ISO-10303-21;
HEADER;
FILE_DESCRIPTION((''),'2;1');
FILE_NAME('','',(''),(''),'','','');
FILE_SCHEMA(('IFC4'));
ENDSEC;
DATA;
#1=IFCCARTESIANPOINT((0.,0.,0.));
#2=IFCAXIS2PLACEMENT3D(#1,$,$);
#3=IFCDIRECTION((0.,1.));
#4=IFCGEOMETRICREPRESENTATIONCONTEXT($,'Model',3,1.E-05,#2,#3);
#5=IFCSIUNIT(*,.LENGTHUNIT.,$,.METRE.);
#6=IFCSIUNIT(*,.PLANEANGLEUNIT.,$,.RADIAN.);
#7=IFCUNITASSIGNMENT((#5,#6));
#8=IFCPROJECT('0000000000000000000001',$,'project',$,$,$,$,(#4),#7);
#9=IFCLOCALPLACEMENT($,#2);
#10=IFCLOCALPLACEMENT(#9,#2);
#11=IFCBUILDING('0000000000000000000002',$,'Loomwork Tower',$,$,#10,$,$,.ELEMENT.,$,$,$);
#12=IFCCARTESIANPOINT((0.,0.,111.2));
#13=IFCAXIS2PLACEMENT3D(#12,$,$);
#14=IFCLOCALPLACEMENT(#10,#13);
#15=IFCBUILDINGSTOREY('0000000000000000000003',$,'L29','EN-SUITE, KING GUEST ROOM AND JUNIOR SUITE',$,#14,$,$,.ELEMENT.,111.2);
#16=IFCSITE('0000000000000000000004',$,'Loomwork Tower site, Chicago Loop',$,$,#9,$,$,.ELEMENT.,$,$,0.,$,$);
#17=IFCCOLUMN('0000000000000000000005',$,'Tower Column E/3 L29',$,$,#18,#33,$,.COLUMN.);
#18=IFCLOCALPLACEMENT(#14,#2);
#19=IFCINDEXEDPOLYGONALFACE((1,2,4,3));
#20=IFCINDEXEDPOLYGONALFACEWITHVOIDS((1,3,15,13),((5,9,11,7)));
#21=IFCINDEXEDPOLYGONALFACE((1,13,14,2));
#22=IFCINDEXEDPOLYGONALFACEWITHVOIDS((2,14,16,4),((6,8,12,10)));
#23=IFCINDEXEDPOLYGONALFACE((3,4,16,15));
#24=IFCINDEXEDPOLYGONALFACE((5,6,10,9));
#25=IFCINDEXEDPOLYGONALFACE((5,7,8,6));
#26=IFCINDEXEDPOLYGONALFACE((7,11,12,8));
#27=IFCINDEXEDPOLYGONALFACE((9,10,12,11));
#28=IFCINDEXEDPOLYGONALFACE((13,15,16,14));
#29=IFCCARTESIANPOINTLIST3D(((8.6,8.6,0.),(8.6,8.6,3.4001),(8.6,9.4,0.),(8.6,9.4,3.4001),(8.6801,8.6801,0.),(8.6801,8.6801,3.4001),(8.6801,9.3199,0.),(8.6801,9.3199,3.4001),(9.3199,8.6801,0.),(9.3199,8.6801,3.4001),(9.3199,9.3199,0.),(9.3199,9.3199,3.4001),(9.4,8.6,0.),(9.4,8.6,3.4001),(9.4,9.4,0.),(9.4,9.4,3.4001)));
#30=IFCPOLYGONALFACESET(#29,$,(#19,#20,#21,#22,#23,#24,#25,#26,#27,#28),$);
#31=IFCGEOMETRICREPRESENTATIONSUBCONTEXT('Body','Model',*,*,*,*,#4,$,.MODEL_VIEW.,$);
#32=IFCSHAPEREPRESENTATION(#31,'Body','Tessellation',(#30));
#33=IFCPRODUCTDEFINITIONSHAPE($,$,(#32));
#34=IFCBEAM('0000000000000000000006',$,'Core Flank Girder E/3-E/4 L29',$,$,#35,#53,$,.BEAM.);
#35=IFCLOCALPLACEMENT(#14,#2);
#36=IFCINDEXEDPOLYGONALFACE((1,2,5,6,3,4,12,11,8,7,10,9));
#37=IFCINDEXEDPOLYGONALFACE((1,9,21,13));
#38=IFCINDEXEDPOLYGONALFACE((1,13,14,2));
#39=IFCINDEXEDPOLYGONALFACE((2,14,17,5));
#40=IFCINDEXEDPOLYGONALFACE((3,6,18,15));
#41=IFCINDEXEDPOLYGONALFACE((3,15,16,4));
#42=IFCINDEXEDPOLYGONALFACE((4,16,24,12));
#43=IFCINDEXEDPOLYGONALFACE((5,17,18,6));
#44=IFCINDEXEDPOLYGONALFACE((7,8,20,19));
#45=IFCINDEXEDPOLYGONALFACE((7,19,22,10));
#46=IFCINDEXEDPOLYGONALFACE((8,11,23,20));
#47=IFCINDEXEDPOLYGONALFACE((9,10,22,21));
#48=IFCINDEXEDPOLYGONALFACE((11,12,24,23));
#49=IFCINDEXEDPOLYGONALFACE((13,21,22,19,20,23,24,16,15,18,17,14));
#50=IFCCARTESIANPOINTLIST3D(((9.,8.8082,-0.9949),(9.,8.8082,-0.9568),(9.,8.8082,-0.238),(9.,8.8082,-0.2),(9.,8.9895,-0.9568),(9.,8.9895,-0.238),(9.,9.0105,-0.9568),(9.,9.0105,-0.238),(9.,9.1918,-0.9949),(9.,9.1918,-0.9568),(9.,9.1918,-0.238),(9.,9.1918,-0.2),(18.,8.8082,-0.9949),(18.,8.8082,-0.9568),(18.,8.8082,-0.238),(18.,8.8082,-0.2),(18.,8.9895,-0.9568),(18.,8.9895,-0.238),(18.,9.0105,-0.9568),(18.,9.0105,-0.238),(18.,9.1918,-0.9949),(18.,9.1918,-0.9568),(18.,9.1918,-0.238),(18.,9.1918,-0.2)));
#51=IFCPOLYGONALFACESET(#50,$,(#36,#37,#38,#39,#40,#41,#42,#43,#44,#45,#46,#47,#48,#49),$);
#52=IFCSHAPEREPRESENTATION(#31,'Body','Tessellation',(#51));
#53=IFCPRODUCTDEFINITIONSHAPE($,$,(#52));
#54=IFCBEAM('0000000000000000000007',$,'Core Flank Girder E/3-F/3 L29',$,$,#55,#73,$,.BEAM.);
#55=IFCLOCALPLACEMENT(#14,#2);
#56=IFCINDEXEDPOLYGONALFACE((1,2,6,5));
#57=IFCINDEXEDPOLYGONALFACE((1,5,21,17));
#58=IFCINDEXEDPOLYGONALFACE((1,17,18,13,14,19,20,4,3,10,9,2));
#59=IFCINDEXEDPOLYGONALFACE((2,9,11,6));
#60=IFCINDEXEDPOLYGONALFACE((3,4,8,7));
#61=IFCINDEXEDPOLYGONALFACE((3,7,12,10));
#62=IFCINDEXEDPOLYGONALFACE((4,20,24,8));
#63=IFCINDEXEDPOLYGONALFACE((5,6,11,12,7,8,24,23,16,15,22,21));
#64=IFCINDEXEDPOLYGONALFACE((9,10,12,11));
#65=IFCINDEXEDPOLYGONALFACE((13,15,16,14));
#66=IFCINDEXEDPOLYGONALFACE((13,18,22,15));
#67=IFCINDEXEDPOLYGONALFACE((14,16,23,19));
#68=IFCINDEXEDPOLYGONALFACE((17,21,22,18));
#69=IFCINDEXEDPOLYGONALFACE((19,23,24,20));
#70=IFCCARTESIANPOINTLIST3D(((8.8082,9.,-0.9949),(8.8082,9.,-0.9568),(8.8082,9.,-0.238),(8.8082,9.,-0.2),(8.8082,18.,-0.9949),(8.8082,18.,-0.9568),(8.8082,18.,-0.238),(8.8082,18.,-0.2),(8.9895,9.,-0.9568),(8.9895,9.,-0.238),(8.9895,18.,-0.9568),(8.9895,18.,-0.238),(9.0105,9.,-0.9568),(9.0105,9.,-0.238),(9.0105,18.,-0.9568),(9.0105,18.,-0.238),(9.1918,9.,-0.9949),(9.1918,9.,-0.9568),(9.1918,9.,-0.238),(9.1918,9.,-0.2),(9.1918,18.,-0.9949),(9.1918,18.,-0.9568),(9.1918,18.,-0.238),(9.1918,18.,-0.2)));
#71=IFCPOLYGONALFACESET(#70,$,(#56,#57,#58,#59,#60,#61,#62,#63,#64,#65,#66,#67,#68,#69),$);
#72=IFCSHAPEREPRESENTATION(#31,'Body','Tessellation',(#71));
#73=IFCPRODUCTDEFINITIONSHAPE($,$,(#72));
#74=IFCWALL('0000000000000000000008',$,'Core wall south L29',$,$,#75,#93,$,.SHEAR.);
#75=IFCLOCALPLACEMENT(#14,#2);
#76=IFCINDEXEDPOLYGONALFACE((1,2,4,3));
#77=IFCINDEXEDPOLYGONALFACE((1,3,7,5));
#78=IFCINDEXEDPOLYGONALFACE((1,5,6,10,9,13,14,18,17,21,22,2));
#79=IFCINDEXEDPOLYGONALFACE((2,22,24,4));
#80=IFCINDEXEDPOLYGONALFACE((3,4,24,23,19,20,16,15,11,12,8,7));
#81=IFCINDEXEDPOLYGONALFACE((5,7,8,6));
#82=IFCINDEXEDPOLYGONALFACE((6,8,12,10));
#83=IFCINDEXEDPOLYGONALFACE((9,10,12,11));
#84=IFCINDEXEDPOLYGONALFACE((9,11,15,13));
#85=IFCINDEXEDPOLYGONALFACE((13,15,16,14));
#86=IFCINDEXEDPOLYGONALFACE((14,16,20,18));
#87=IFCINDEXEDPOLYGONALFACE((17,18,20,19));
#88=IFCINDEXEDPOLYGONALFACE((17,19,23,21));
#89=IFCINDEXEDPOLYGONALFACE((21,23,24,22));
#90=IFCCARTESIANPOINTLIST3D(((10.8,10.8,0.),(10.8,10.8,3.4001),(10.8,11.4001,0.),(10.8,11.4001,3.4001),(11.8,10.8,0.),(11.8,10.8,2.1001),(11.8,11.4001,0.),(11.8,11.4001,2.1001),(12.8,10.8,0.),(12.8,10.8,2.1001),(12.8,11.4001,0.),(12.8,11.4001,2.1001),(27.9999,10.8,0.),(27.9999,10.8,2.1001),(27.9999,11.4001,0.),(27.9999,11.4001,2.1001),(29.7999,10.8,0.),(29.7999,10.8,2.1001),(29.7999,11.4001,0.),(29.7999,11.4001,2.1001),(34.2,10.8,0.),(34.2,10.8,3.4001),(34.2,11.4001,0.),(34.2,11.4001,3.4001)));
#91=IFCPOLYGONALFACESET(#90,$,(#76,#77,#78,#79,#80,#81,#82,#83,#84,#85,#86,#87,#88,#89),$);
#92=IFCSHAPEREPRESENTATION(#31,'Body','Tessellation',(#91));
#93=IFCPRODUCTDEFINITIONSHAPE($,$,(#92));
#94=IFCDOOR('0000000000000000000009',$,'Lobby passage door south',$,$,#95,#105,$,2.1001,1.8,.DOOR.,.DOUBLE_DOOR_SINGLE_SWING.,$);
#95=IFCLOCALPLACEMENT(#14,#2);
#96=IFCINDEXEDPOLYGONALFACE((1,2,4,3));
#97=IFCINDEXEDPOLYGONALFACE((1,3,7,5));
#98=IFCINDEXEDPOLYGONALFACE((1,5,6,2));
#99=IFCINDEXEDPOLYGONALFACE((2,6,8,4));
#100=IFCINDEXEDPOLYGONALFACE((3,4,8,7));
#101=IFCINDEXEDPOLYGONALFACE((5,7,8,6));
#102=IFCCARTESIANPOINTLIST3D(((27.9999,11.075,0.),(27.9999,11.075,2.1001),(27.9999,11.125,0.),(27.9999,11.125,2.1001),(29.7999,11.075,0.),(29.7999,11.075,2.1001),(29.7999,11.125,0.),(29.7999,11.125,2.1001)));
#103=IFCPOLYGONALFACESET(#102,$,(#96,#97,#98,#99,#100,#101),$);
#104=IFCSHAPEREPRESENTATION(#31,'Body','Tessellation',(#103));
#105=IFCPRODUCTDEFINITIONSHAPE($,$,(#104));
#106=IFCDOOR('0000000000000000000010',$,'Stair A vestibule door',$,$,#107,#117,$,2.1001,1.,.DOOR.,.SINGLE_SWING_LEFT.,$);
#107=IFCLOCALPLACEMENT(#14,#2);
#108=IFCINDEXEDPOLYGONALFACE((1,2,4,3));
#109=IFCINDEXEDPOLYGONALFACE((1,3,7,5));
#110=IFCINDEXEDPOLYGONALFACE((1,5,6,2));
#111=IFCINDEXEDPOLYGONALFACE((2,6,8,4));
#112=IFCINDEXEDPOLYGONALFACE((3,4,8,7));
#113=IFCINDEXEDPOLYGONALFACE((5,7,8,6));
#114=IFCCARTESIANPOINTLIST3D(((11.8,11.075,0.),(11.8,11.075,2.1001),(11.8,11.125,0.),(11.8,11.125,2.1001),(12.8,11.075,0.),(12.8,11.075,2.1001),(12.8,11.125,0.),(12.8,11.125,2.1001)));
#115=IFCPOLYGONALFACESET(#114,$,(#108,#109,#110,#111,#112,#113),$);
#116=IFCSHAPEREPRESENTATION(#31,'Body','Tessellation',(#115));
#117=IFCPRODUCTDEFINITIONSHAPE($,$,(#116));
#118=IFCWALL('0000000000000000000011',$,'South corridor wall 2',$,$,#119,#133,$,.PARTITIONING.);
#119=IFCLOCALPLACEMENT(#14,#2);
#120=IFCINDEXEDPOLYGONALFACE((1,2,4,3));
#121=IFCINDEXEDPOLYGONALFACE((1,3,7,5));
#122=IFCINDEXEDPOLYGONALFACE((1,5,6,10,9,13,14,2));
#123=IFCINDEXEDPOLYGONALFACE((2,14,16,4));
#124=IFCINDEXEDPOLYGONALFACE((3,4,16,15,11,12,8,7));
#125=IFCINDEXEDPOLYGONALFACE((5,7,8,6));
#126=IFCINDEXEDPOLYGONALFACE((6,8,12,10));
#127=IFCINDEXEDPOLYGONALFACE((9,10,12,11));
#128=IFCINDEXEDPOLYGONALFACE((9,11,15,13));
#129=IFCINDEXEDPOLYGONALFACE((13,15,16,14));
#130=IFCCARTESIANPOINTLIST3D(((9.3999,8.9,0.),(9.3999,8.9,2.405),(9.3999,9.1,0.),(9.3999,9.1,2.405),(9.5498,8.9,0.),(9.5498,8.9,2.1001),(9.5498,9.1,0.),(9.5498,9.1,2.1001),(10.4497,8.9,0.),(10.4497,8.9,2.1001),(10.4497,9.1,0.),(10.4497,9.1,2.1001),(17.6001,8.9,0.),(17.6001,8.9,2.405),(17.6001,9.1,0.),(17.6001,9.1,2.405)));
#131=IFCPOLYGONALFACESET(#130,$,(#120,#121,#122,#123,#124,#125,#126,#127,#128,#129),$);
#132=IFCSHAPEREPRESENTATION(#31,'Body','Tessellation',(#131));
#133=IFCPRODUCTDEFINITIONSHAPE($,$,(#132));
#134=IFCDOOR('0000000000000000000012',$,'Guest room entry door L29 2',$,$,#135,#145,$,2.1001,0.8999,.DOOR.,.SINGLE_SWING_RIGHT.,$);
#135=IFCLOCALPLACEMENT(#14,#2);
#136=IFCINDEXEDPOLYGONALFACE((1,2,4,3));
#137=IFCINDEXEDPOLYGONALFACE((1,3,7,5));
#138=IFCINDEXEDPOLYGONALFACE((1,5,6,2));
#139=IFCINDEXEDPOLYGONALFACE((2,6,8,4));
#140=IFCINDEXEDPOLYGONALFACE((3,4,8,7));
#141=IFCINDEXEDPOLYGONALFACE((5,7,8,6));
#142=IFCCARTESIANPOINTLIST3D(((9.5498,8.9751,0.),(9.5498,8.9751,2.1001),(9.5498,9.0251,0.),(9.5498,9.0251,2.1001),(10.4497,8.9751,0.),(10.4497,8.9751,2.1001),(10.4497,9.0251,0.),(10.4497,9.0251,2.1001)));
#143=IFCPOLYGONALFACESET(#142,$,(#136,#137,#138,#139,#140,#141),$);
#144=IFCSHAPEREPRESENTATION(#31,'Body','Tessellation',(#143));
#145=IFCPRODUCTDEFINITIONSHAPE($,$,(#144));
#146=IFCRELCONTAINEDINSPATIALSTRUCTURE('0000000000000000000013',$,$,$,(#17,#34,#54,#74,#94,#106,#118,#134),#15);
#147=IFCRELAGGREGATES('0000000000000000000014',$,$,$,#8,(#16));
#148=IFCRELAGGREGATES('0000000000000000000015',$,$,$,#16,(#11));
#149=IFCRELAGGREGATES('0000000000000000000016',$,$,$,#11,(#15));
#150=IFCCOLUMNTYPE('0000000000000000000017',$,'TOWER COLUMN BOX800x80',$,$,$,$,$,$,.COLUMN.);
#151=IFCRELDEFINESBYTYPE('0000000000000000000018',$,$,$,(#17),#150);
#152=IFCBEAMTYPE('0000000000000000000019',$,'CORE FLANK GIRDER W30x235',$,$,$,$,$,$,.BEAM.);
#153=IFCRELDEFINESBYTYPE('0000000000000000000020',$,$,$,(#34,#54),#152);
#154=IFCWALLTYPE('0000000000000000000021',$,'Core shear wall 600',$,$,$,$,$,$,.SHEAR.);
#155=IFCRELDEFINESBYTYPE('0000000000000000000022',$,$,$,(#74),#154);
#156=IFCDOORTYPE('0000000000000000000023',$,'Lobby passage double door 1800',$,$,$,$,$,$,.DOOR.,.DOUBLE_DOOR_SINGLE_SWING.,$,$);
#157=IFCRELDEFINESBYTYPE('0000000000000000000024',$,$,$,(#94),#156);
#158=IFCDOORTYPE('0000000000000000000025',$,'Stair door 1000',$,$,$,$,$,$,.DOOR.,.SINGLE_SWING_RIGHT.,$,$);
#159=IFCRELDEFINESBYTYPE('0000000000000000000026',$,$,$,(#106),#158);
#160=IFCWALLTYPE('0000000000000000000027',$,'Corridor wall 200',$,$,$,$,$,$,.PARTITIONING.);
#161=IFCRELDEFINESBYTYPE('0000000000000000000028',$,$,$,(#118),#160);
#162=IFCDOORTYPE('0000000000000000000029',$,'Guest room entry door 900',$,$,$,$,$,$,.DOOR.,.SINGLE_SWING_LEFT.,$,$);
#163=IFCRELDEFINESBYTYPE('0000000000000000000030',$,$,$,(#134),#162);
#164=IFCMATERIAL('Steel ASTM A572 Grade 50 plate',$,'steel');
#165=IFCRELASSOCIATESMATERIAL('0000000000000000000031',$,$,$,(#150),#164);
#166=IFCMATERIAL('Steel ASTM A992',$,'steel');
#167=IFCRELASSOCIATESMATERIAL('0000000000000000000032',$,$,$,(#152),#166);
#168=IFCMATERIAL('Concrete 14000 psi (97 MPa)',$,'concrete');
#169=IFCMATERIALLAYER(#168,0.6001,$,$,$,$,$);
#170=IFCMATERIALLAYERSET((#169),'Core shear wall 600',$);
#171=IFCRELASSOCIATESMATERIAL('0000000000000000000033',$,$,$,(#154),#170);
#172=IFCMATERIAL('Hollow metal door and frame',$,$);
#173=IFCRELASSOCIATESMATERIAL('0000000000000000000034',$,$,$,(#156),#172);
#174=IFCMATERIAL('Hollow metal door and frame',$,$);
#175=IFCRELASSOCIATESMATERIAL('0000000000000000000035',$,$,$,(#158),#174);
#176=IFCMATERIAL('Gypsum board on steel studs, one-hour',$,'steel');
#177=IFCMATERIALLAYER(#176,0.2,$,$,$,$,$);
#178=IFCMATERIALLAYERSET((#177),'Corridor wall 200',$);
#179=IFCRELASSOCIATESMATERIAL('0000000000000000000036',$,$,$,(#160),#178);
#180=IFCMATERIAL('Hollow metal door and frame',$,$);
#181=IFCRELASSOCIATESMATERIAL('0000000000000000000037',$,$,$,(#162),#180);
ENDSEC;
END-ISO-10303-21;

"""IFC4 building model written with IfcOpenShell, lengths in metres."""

from ifc_helpers import new_model, si_unit, direction, frame, frame_2d, origin, origin_2d, place, context, subcontext, project, spatial, rectangle, hollow_rectangle, i_section, extrude, material, layer, layer_set, material_profile, profile_set, type_object, element, fill, save


model = new_model("IFC4")

# Units and contexts
model_context = context("Model", 3, precision=1e-05, world=origin(), true_north=direction((0.0, 1.0)))
body_context = subcontext(model_context, "Body", "Model", "MODEL_VIEW")
ifc_project = project(units=[si_unit("LENGTHUNIT", "METRE"), si_unit("PLANEANGLEUNIT", "RADIAN")], contexts=[model_context])

# Site, building, storey
site_placement = place(None, origin())
site = spatial("IfcSite", under=ifc_project, at=site_placement, Name="Loomwork Tower site, Chicago Loop", CompositionType="ELEMENT", RefElevation=0.0)
building_placement = place(site_placement, origin())
building = spatial("IfcBuilding", under=site, at=building_placement, Name="Loomwork Tower", CompositionType="ELEMENT")
storey_placement = place(building_placement, frame((0.0, 0.0, 111.2)))
storey = spatial("IfcBuildingStorey", under=building, at=storey_placement, Name="L29", Description="EN-SUITE, KING GUEST ROOM AND JUNIOR SUITE", CompositionType="ELEMENT", Elevation=111.2)

# Column
ifc_material_1 = material(Name="Steel ASTM A572 Grade 50 plate", Category="steel")
ifc_material_profile_1 = material_profile(ifc_material_1, hollow_rectangle(XDim=0.8, YDim=0.8, WallThickness=0.0801, at=origin_2d()), Name="BOX800x80")
ifc_profile_set_1 = profile_set([ifc_material_profile_1], Name="Steel ASTM A572 Grade 50 plate")
column_type = type_object("IfcColumnType", Name="TOWER COLUMN BOX800x80", PredefinedType="COLUMN", material=ifc_profile_set_1)
column_placement = place(storey_placement, frame((9.0, 9.0, 0.0), z_axis=(0.0, 0.0, 1.0), x_axis=(1.0, 0.0, 0.0)))
element("IfcColumn", 1, at=column_placement, inside=storey, type_object=column_type, Name="Tower Column E/3 L29", PredefinedType="COLUMN", context=body_context, shape_type="SweptSolid", body=[
    extrude(hollow_rectangle(XDim=0.8, YDim=0.8, WallThickness=0.0801, at=origin_2d()), origin(), (0.0, 0.0, 1.0), 3.4001),
])

# Beams
ifc_material_2 = material(Name="Steel ASTM A992", Category="steel")
ifc_material_profile_2 = material_profile(ifc_material_2, i_section(OverallWidth=0.3835, OverallDepth=0.7949, WebThickness=0.021, FlangeThickness=0.0381, at=origin_2d()), Name="W30x235")
ifc_profile_set_2 = profile_set([ifc_material_profile_2], Name="Steel ASTM A992")
beam_type = type_object("IfcBeamType", Name="CORE FLANK GIRDER W30x235", PredefinedType="BEAM", material=ifc_profile_set_2)
for number, where, z_axis, x_axis, name in (
    (2, (9.0, 9.0, -0.5974), (1.0, 0.0, 0.0), (0.0, 1.0, 0.0), "Core Flank Girder E/3-E/4 L29"),
    (3, (9.0, 9.0, -0.5974), (0.0, 1.0, 0.0), (-1.0, 0.0, 0.0), "Core Flank Girder E/3-F/3 L29"),
):
    element("IfcBeam", number, at=place(storey_placement, frame(where, z_axis=z_axis, x_axis=x_axis)), inside=storey, type_object=beam_type, Name=name, PredefinedType="BEAM", context=body_context, shape_type="SweptSolid", body=[
        extrude(i_section(OverallWidth=0.3835, OverallDepth=0.7949, WebThickness=0.021, FlangeThickness=0.0381, at=origin_2d()), origin(), (0.0, 0.0, 1.0), 9.0),
    ])

# Wall, openings, doors
ifc_material_3 = material(Name="Concrete 14000 psi (97 MPa)", Category="concrete")
ifc_layer_1 = layer(ifc_material_3, 0.6001)
ifc_layer_set_1 = layer_set([ifc_layer_1], Name="Core shear wall 600")
wall_type_1 = type_object("IfcWallType", Name="Core shear wall 600", PredefinedType="SHEAR", material=ifc_layer_set_1)
wall_1_placement = place(storey_placement, frame((10.8, 11.1001, 0.0), z_axis=(0.0, 0.0, 1.0), x_axis=(1.0, 0.0, 0.0)))
wall_1 = element("IfcWall", 4, at=wall_1_placement, inside=storey, type_object=wall_type_1, Name="Core wall south L29", PredefinedType="SHEAR", context=body_context, shape_type="SweptSolid", body=[
    extrude(rectangle(XDim=23.3999, YDim=0.6001, at=frame_2d((11.7, 0.0))), origin(), (0.0, 0.0, 1.0), 3.4001),
])
opening_1_placement = place(wall_1_placement, frame((1.0, 0.0, 0.0)))
opening_1 = element("IfcOpeningElement", 5, at=opening_1_placement, cuts=wall_1, PredefinedType="OPENING", context=body_context, shape_type="SweptSolid", body=[
    extrude(rectangle(XDim=1.0, YDim=2.1001, at=frame_2d((0.5, 1.05))), frame((0.0, 0.3101, 0.0), z_axis=(0.0, -1.0, 0.0), x_axis=(1.0, 0.0, 0.0)), (0.0, 0.0, 1.0), 0.6201),
])
opening_2_placement = place(wall_1_placement, frame((17.2, 0.0, 0.0)))
opening_2 = element("IfcOpeningElement", 6, at=opening_2_placement, cuts=wall_1, PredefinedType="OPENING", context=body_context, shape_type="SweptSolid", body=[
    extrude(rectangle(XDim=1.8, YDim=2.1001, at=frame_2d((0.8999, 1.05))), frame((0.0, 0.3101, 0.0), z_axis=(0.0, -1.0, 0.0), x_axis=(1.0, 0.0, 0.0)), (0.0, 0.0, 1.0), 0.6201),
])
ifc_material_4 = material(Name="Hollow metal door and frame")
door_type_1 = type_object("IfcDoorType", Name="Lobby passage double door 1800", OperationType="DOUBLE_DOOR_SINGLE_SWING", PredefinedType="DOOR", material=ifc_material_4)
door_1_placement = place(opening_2_placement, origin())
door_1 = element("IfcDoor", 7, at=door_1_placement, inside=storey, type_object=door_type_1, Name="Lobby passage door south", OperationType="DOUBLE_DOOR_SINGLE_SWING", OverallHeight=2.1001, OverallWidth=1.8, PredefinedType="DOOR", context=body_context, shape_type="SweptSolid", body=[
    extrude(rectangle(XDim=1.8, YDim=2.1001, at=frame_2d((0.8999, 1.05))), frame((0.0, 0.0249, 0.0), z_axis=(0.0, -1.0, 0.0), x_axis=(1.0, 0.0, 0.0)), (0.0, 0.0, 1.0), 0.05),
])
fill(opening_2, door_1)
ifc_material_5 = material(Name="Hollow metal door and frame")
door_type_2 = type_object("IfcDoorType", Name="Stair door 1000", OperationType="SINGLE_SWING_RIGHT", PredefinedType="DOOR", material=ifc_material_5)
door_2_placement = place(opening_1_placement, origin())
door_2 = element("IfcDoor", 8, at=door_2_placement, inside=storey, type_object=door_type_2, Name="Stair A vestibule door", OperationType="SINGLE_SWING_LEFT", OverallHeight=2.1001, OverallWidth=1.0, PredefinedType="DOOR", context=body_context, shape_type="SweptSolid", body=[
    extrude(rectangle(XDim=1.0, YDim=2.1001, at=frame_2d((0.5, 1.05))), frame((0.0, 0.0249, 0.0), z_axis=(0.0, -1.0, 0.0), x_axis=(1.0, 0.0, 0.0)), (0.0, 0.0, 1.0), 0.05),
])
fill(opening_1, door_2)

# Wall, opening, door
ifc_material_6 = material(Name="Gypsum board on steel studs, one-hour", Category="steel")
ifc_layer_2 = layer(ifc_material_6, 0.2)
ifc_layer_set_2 = layer_set([ifc_layer_2], Name="Corridor wall 200")
wall_type_2 = type_object("IfcWallType", Name="Corridor wall 200", PredefinedType="PARTITIONING", material=ifc_layer_set_2)
wall_2_placement = place(storey_placement, frame((9.3999, 9.0, 0.0), z_axis=(0.0, 0.0, 1.0), x_axis=(1.0, 0.0, 0.0)))
wall_2 = element("IfcWall", 9, at=wall_2_placement, inside=storey, type_object=wall_type_2, Name="South corridor wall 2", PredefinedType="PARTITIONING", context=body_context, shape_type="SweptSolid", body=[
    extrude(rectangle(XDim=8.2002, YDim=0.2, at=frame_2d((4.1001, 0.0))), origin(), (0.0, 0.0, 1.0), 2.405),
])
opening_3_placement = place(wall_2_placement, frame((0.1499, 0.0, 0.0)))
opening_3 = element("IfcOpeningElement", 10, at=opening_3_placement, cuts=wall_2, PredefinedType="OPENING", context=body_context, shape_type="SweptSolid", body=[
    extrude(rectangle(XDim=0.8999, YDim=2.1001, at=frame_2d((0.45, 1.05))), frame((0.0, 0.1099, 0.0), z_axis=(0.0, -1.0, 0.0), x_axis=(1.0, 0.0, 0.0)), (0.0, 0.0, 1.0), 0.22),
])
ifc_material_7 = material(Name="Hollow metal door and frame")
door_type_3 = type_object("IfcDoorType", Name="Guest room entry door 900", OperationType="SINGLE_SWING_LEFT", PredefinedType="DOOR", material=ifc_material_7)
door_3_placement = place(opening_3_placement, frame((0.8999, 0.0, 0.0), z_axis=(0.0, 0.0, 1.0), x_axis=(-1.0, 0.0, 0.0)))
door_3 = element("IfcDoor", 11, at=door_3_placement, inside=storey, type_object=door_type_3, Name="Guest room entry door L29 2", OperationType="SINGLE_SWING_RIGHT", OverallHeight=2.1001, OverallWidth=0.8999, PredefinedType="DOOR", context=body_context, shape_type="SweptSolid", body=[
    extrude(rectangle(XDim=0.8999, YDim=2.1001, at=frame_2d((0.45, 1.05))), frame((0.0, 0.0249, 0.0), z_axis=(0.0, -1.0, 0.0), x_axis=(1.0, 0.0, 0.0)), (0.0, 0.0, 1.0), 0.05),
])
fill(opening_3, door_3)

save(model, "model.ifc")
